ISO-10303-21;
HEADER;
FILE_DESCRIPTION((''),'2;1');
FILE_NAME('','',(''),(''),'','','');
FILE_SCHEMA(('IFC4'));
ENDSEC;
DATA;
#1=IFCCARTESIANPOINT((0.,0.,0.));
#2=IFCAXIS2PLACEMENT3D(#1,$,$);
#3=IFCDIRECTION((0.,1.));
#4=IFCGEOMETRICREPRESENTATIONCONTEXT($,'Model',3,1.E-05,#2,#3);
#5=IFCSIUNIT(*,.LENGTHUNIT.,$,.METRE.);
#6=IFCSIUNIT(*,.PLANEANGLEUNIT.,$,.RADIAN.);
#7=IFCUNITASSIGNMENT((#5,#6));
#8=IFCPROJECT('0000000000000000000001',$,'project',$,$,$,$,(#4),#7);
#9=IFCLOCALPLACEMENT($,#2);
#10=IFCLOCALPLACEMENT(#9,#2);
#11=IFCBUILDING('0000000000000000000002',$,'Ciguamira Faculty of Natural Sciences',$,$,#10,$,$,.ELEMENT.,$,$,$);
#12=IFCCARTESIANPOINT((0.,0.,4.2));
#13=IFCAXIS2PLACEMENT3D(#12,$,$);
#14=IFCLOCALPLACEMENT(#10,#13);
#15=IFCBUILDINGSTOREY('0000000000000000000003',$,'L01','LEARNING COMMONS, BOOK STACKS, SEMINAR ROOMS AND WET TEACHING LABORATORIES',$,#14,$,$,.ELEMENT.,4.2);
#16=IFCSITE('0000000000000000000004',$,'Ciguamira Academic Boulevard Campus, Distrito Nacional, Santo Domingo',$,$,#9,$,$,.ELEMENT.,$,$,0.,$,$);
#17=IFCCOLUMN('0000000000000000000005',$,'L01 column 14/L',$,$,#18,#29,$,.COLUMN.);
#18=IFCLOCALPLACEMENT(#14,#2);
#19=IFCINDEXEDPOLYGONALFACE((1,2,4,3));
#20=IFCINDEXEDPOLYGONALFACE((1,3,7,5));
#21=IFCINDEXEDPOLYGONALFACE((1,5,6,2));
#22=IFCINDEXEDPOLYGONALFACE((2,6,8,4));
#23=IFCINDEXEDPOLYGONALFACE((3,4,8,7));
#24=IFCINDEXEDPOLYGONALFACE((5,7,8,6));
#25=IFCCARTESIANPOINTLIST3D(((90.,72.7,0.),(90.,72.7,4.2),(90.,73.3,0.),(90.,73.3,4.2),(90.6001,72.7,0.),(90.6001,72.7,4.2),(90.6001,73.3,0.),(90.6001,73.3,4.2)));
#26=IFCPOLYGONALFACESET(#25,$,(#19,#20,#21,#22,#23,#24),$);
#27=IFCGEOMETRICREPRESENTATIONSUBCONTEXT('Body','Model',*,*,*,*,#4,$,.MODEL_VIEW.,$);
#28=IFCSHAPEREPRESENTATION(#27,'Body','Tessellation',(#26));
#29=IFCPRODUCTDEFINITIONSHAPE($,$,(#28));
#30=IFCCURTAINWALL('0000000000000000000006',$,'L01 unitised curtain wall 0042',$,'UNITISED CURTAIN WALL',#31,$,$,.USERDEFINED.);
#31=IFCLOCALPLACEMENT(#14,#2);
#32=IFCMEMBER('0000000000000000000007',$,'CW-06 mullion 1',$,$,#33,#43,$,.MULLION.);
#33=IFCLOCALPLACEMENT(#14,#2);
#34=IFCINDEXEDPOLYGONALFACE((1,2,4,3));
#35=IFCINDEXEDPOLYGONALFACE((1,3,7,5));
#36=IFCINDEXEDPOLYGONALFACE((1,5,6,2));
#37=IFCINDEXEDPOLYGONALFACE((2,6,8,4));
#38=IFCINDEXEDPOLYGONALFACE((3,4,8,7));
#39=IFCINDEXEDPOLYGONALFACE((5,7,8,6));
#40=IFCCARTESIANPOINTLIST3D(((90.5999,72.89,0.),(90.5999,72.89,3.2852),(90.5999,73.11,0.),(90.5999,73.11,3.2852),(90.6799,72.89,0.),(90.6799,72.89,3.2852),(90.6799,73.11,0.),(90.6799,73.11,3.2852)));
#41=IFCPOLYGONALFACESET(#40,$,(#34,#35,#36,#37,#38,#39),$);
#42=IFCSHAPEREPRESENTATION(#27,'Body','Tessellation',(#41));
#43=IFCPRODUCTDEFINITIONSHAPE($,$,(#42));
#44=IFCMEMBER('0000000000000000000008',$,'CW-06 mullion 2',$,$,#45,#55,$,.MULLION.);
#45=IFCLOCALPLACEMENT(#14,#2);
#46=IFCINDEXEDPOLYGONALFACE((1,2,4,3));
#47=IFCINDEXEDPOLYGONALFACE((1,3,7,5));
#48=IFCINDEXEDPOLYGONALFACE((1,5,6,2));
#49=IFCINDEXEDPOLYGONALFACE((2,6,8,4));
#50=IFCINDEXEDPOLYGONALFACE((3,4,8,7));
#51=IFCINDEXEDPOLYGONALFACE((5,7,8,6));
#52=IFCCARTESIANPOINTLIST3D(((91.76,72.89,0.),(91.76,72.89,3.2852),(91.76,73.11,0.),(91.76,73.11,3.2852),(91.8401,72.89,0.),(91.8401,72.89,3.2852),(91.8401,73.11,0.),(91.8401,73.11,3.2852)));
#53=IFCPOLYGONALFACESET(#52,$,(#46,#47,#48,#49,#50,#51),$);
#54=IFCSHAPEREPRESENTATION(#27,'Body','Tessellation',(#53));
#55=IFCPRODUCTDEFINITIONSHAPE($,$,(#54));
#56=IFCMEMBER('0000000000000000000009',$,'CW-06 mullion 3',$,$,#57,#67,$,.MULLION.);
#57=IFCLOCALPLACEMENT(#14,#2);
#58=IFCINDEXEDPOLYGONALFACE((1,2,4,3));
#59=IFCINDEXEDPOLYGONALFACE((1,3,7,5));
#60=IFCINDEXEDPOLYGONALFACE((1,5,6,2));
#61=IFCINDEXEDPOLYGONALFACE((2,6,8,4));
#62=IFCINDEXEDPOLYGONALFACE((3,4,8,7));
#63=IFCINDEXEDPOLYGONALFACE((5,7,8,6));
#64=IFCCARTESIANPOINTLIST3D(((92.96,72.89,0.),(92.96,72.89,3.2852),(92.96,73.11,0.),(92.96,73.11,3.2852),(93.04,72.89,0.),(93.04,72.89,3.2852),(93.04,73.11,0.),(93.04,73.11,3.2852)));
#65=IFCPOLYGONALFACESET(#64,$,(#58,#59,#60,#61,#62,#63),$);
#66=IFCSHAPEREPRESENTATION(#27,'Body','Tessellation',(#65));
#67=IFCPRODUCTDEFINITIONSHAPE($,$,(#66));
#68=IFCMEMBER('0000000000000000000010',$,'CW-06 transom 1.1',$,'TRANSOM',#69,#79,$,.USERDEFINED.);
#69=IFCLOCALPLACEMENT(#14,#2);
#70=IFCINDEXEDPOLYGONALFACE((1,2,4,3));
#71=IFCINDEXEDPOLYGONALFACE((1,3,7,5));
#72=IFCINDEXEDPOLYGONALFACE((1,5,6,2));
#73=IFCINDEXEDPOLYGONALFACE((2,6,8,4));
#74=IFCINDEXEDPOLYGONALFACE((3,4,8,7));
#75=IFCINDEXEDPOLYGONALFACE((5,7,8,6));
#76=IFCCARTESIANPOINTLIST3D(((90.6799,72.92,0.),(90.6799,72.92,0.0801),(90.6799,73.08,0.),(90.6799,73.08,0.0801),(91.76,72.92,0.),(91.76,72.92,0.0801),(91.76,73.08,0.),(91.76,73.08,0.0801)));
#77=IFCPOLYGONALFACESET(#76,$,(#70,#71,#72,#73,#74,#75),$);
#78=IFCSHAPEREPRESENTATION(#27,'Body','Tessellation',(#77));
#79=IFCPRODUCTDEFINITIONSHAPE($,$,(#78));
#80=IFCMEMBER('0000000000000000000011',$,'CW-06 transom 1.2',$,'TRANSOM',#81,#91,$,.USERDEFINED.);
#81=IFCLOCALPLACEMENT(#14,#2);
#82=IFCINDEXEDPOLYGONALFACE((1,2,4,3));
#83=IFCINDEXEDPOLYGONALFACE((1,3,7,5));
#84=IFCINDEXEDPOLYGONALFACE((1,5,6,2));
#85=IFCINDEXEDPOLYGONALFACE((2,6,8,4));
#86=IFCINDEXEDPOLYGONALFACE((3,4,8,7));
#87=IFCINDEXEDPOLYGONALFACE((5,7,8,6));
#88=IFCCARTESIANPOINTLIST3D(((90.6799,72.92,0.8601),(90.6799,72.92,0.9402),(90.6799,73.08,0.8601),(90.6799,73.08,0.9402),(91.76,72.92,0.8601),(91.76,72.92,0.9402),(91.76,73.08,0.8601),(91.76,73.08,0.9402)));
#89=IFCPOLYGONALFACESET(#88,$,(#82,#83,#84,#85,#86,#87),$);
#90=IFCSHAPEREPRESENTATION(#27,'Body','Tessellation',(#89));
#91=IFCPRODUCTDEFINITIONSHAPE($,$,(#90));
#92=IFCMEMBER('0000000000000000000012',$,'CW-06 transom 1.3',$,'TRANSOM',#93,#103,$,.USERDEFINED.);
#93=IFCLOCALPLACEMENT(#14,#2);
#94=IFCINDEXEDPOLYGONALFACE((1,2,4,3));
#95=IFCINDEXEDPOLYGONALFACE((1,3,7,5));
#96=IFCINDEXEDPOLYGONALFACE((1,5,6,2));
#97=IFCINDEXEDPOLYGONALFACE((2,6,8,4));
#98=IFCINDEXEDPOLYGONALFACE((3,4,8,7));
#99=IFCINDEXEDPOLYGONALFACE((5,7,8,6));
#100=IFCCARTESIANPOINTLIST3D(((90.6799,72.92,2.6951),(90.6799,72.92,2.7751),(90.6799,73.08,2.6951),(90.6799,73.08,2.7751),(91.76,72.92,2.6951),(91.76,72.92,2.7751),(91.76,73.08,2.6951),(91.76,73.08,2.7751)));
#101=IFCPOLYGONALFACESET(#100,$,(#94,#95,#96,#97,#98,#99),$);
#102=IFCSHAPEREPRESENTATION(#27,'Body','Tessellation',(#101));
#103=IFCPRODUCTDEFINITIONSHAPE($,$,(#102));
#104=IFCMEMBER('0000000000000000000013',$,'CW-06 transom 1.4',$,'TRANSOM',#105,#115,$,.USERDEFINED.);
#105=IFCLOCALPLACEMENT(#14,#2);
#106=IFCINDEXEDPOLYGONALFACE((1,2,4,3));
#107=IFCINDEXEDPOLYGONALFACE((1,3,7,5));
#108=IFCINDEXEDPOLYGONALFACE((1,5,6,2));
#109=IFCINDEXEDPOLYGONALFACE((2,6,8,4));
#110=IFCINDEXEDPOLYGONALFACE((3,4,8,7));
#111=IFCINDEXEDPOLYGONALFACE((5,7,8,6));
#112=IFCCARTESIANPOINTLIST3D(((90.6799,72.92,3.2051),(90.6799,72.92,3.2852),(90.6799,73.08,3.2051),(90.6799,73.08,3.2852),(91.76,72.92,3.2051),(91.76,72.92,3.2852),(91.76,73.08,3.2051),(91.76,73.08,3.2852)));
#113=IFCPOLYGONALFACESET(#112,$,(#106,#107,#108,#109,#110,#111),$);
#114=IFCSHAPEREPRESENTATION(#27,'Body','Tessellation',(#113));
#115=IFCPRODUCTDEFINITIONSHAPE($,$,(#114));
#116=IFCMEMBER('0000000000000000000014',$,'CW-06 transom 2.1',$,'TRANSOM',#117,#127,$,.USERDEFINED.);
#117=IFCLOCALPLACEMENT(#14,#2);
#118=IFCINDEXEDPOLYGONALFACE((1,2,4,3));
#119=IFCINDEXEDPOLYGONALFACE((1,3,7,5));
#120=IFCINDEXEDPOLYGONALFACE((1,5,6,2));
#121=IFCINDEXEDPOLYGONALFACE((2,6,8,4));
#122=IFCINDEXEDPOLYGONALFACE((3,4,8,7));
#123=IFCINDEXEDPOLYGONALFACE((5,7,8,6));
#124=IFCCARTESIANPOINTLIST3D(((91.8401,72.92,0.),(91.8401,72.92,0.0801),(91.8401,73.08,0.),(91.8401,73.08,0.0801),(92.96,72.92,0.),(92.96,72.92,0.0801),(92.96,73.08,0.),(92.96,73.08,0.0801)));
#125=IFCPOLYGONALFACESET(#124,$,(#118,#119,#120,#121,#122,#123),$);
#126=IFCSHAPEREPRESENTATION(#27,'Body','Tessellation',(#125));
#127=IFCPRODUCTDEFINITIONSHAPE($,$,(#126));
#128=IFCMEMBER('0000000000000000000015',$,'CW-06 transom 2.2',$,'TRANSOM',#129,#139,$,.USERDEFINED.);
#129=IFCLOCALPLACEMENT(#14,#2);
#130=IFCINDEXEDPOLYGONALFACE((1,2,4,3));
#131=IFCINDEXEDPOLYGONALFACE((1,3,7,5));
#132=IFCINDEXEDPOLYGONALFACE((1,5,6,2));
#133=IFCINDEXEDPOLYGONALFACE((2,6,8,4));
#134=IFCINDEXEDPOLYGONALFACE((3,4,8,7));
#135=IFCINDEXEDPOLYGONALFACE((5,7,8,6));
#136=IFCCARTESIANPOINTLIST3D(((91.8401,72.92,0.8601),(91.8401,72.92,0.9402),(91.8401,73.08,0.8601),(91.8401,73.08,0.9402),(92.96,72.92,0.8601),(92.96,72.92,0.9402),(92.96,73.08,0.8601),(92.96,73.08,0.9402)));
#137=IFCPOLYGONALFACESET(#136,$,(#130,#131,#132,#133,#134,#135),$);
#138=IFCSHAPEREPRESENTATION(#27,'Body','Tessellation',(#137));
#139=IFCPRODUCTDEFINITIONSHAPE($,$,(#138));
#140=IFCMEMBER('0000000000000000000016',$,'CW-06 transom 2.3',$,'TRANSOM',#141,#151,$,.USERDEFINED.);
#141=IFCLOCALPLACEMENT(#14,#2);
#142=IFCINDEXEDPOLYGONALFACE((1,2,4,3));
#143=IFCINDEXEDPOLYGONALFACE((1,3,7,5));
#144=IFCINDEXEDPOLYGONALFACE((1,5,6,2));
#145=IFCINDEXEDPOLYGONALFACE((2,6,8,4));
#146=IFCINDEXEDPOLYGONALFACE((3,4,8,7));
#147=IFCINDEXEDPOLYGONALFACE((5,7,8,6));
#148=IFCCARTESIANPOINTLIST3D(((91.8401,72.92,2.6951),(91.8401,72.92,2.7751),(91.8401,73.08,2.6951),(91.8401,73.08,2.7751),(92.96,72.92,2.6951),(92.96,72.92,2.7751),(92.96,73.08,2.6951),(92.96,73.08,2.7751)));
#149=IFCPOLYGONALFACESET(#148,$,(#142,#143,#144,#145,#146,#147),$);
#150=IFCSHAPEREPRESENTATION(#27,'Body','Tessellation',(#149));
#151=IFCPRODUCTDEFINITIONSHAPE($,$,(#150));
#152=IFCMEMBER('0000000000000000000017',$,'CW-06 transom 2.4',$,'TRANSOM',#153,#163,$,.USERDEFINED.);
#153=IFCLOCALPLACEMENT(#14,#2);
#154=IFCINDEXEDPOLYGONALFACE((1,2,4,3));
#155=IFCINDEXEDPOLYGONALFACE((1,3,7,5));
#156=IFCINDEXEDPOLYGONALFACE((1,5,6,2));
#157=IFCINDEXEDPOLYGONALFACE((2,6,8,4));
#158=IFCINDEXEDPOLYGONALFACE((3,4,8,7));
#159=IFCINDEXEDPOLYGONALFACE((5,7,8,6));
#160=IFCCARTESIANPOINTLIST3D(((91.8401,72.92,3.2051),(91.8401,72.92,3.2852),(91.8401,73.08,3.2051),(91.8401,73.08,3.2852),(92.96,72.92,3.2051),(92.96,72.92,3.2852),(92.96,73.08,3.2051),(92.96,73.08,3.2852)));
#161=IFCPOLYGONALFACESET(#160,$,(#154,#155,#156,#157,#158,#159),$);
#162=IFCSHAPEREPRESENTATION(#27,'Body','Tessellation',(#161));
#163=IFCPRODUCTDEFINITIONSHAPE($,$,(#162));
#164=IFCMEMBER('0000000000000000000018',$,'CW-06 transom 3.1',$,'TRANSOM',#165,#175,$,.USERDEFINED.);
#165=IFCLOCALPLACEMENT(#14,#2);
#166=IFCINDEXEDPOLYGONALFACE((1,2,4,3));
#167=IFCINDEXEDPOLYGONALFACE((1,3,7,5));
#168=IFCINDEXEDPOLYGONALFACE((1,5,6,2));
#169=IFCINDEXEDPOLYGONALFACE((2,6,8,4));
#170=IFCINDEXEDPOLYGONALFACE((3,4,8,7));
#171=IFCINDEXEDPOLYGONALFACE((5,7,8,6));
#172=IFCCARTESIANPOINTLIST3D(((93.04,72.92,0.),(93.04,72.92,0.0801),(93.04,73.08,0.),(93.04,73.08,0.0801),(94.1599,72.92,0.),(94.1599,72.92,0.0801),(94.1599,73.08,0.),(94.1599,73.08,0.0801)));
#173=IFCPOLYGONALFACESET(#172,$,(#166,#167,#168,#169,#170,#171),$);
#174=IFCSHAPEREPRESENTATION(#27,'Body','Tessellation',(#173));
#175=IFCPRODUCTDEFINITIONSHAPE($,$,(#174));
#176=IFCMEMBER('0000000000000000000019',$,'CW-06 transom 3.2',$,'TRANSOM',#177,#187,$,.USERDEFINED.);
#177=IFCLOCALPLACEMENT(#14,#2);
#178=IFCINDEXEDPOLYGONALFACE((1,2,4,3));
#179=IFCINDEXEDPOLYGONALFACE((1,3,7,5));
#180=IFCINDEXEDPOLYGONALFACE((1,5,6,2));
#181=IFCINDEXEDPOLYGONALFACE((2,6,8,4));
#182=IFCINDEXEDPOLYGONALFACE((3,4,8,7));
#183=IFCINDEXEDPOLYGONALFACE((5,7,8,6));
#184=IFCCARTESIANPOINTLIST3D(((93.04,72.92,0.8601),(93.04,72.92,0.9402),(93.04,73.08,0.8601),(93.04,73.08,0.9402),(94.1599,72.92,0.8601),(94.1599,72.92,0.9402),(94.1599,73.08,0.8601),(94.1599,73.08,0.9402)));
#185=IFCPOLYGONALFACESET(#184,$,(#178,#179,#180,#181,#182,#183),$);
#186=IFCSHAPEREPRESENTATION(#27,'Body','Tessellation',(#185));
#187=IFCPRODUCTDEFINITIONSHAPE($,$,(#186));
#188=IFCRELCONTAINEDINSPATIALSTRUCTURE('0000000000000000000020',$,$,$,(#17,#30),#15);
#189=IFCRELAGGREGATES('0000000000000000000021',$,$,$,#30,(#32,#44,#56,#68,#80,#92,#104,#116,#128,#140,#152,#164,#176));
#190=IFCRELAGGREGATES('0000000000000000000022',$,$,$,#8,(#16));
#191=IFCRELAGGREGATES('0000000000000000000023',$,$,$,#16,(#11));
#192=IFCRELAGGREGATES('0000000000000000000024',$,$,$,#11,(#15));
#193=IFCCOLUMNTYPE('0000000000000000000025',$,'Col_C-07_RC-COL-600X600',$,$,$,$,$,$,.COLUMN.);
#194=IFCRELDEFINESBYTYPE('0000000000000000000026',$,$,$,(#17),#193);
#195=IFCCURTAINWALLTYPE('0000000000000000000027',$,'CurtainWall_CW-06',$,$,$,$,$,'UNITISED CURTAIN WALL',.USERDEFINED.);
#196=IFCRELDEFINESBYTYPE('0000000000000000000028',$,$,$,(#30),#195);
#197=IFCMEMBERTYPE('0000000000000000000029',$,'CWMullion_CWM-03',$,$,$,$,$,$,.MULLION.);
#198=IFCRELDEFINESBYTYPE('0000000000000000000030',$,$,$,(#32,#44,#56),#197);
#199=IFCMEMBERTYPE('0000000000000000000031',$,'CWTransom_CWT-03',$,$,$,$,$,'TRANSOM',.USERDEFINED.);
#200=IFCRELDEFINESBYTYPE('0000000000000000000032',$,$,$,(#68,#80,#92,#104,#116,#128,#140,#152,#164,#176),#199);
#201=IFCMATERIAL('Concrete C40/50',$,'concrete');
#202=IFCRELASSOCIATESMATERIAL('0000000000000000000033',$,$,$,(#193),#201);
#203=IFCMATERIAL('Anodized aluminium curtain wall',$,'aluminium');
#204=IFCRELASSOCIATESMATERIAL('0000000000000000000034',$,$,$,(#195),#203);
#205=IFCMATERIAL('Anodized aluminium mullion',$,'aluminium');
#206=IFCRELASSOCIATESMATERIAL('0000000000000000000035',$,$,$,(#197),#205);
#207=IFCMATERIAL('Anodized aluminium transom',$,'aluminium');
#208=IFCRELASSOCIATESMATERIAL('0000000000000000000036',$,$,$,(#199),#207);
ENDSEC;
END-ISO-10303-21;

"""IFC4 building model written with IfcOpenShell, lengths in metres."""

from ifc_helpers import new_model, si_unit, direction, frame, origin, origin_2d, place, context, subcontext, project, spatial, rectangle, extrude, material, material_profile, profile_set, type_object, element, aggregate, save


model = new_model("IFC4")

# Units and contexts
model_context = context("Model", 3, precision=1e-05, world=origin(), true_north=direction((0.0, 1.0)))
body_context = subcontext(model_context, "Body", "Model", "MODEL_VIEW")
ifc_project = project(units=[si_unit("LENGTHUNIT", "METRE"), si_unit("PLANEANGLEUNIT", "RADIAN")], contexts=[model_context])

# Site, building, storey
site_placement = place(None, origin())
site = spatial("IfcSite", under=ifc_project, at=site_placement, Name="Ciguamira Academic Boulevard Campus, Distrito Nacional, Santo Domingo", CompositionType="ELEMENT", RefElevation=0.0)
building_placement = place(site_placement, origin())
building = spatial("IfcBuilding", under=site, at=building_placement, Name="Ciguamira Faculty of Natural Sciences", CompositionType="ELEMENT")
storey_placement = place(building_placement, frame((0.0, 0.0, 4.2)))
storey = spatial("IfcBuildingStorey", under=building, at=storey_placement, Name="L01", Description="LEARNING COMMONS, BOOK STACKS, SEMINAR ROOMS AND WET TEACHING LABORATORIES", CompositionType="ELEMENT", Elevation=4.2)

# Column
ifc_material_1 = material(Name="Concrete C40/50", Category="concrete")
ifc_material_profile_1 = material_profile(ifc_material_1, rectangle(XDim=0.6001, YDim=0.6001, at=origin_2d()), Name="RC-COL-600X600")
ifc_profile_set_1 = profile_set([ifc_material_profile_1], Name="Concrete C40/50")
column_type = type_object("IfcColumnType", Name="Col_C-07_RC-COL-600X600", PredefinedType="COLUMN", material=ifc_profile_set_1)
column_placement = place(storey_placement, frame((90.3, 73.0, 0.0), z_axis=(0.0, 0.0, 1.0), x_axis=(1.0, 0.0, 0.0)))
element("IfcColumn", 1, at=column_placement, inside=storey, type_object=column_type, Name="L01 column 14/L", PredefinedType="COLUMN", context=body_context, shape_type="SweptSolid", body=[
    extrude(rectangle(XDim=0.6001, YDim=0.6001, at=origin_2d()), origin(), (0.0, 0.0, 1.0), 4.2),
])

# Curtain wall, members
ifc_material_2 = material(Name="Anodized aluminium curtain wall", Category="aluminium")
curtain_wall_type = type_object("IfcCurtainWallType", Name="CurtainWall_CW-06", ElementType="UNITISED CURTAIN WALL", PredefinedType="USERDEFINED", material=ifc_material_2)
curtain_wall_placement = place(storey_placement, origin())
curtain_wall = element("IfcCurtainWall", 2, at=curtain_wall_placement, inside=storey, type_object=curtain_wall_type, Name="L01 unitised curtain wall 0042", ObjectType="UNITISED CURTAIN WALL", PredefinedType="USERDEFINED")
ifc_material_3 = material(Name="Anodized aluminium mullion", Category="aluminium")
ifc_material_profile_2 = material_profile(ifc_material_3, rectangle(XDim=0.0801, YDim=0.22, at=origin_2d()), Name="ALU-MUL-80X220")
ifc_profile_set_2 = profile_set([ifc_material_profile_2], Name="Anodized aluminium mullion")
member_type_1 = type_object("IfcMemberType", Name="CWMullion_CWM-03", PredefinedType="MULLION", material=ifc_profile_set_2)
member_1_placement = place(storey_placement, frame((90.6399, 73.0, 0.0), z_axis=(0.0, 0.0, 1.0), x_axis=(1.0, 0.0, 0.0)))
member_1 = element("IfcMember", 3, at=member_1_placement, type_object=member_type_1, Name="CW-06 mullion 1", PredefinedType="MULLION", context=body_context, shape_type="SweptSolid", body=[
    extrude(rectangle(XDim=0.0801, YDim=0.22, at=origin_2d()), origin(), (0.0, 0.0, 1.0), 3.2852),
])
member_2_placement = place(storey_placement, frame((91.8, 73.0, 0.0), z_axis=(0.0, 0.0, 1.0), x_axis=(1.0, 0.0, 0.0)))
member_2 = element("IfcMember", 4, at=member_2_placement, type_object=member_type_1, Name="CW-06 mullion 2", PredefinedType="MULLION", context=body_context, shape_type="SweptSolid", body=[
    extrude(rectangle(XDim=0.0801, YDim=0.22, at=origin_2d()), origin(), (0.0, 0.0, 1.0), 3.2852),
])
member_3_placement = place(storey_placement, frame((93.0, 73.0, 0.0), z_axis=(0.0, 0.0, 1.0), x_axis=(1.0, 0.0, 0.0)))
member_3 = element("IfcMember", 5, at=member_3_placement, type_object=member_type_1, Name="CW-06 mullion 3", PredefinedType="MULLION", context=body_context, shape_type="SweptSolid", body=[
    extrude(rectangle(XDim=0.0801, YDim=0.22, at=origin_2d()), origin(), (0.0, 0.0, 1.0), 3.2852),
])
ifc_material_4 = material(Name="Anodized aluminium transom", Category="aluminium")
ifc_material_profile_3 = material_profile(ifc_material_4, rectangle(XDim=0.0801, YDim=0.1599, at=origin_2d()), Name="ALU-TRN-80X160")
ifc_profile_set_3 = profile_set([ifc_material_profile_3], Name="Anodized aluminium transom")
member_type_2 = type_object("IfcMemberType", Name="CWTransom_CWT-03", ElementType="TRANSOM", PredefinedType="USERDEFINED", material=ifc_profile_set_3)
member_4_placement = place(storey_placement, frame((90.6799, 73.0, 0.04), z_axis=(1.0, 0.0, 0.0), x_axis=(0.0, 0.0, 1.0)))
member_4 = element("IfcMember", 6, at=member_4_placement, type_object=member_type_2, Name="CW-06 transom 1.1", ObjectType="TRANSOM", PredefinedType="USERDEFINED", context=body_context, shape_type="SweptSolid", body=[
    extrude(rectangle(XDim=0.0801, YDim=0.1599, at=origin_2d()), origin(), (0.0, 0.0, 1.0), 1.0801),
])
member_5_placement = place(storey_placement, frame((90.6799, 73.0, 0.9001), z_axis=(1.0, 0.0, 0.0), x_axis=(0.0, 0.0, 1.0)))
member_5 = element("IfcMember", 7, at=member_5_placement, type_object=member_type_2, Name="CW-06 transom 1.2", ObjectType="TRANSOM", PredefinedType="USERDEFINED", context=body_context, shape_type="SweptSolid", body=[
    extrude(rectangle(XDim=0.0801, YDim=0.1599, at=origin_2d()), origin(), (0.0, 0.0, 1.0), 1.0801),
])
member_6_placement = place(storey_placement, frame((90.6799, 73.0, 2.7351), z_axis=(1.0, 0.0, 0.0), x_axis=(0.0, 0.0, 1.0)))
member_6 = element("IfcMember", 8, at=member_6_placement, type_object=member_type_2, Name="CW-06 transom 1.3", ObjectType="TRANSOM", PredefinedType="USERDEFINED", context=body_context, shape_type="SweptSolid", body=[
    extrude(rectangle(XDim=0.0801, YDim=0.1599, at=origin_2d()), origin(), (0.0, 0.0, 1.0), 1.0801),
])
member_7_placement = place(storey_placement, frame((90.6799, 73.0, 3.2451), z_axis=(1.0, 0.0, 0.0), x_axis=(0.0, 0.0, 1.0)))
member_7 = element("IfcMember", 9, at=member_7_placement, type_object=member_type_2, Name="CW-06 transom 1.4", ObjectType="TRANSOM", PredefinedType="USERDEFINED", context=body_context, shape_type="SweptSolid", body=[
    extrude(rectangle(XDim=0.0801, YDim=0.1599, at=origin_2d()), origin(), (0.0, 0.0, 1.0), 1.0801),
])
member_8_placement = place(storey_placement, frame((91.8401, 73.0, 0.04), z_axis=(1.0, 0.0, 0.0), x_axis=(0.0, 0.0, 1.0)))
member_8 = element("IfcMember", 10, at=member_8_placement, type_object=member_type_2, Name="CW-06 transom 2.1", ObjectType="TRANSOM", PredefinedType="USERDEFINED", context=body_context, shape_type="SweptSolid", body=[
    extrude(rectangle(XDim=0.0801, YDim=0.1599, at=origin_2d()), origin(), (0.0, 0.0, 1.0), 1.1199),
])
member_9_placement = place(storey_placement, frame((91.8401, 73.0, 0.9001), z_axis=(1.0, 0.0, 0.0), x_axis=(0.0, 0.0, 1.0)))
member_9 = element("IfcMember", 11, at=member_9_placement, type_object=member_type_2, Name="CW-06 transom 2.2", ObjectType="TRANSOM", PredefinedType="USERDEFINED", context=body_context, shape_type="SweptSolid", body=[
    extrude(rectangle(XDim=0.0801, YDim=0.1599, at=origin_2d()), origin(), (0.0, 0.0, 1.0), 1.1199),
])
member_10_placement = place(storey_placement, frame((91.8401, 73.0, 2.7351), z_axis=(1.0, 0.0, 0.0), x_axis=(0.0, 0.0, 1.0)))
member_10 = element("IfcMember", 12, at=member_10_placement, type_object=member_type_2, Name="CW-06 transom 2.3", ObjectType="TRANSOM", PredefinedType="USERDEFINED", context=body_context, shape_type="SweptSolid", body=[
    extrude(rectangle(XDim=0.0801, YDim=0.1599, at=origin_2d()), origin(), (0.0, 0.0, 1.0), 1.1199),
])
member_11_placement = place(storey_placement, frame((91.8401, 73.0, 3.2451), z_axis=(1.0, 0.0, 0.0), x_axis=(0.0, 0.0, 1.0)))
member_11 = element("IfcMember", 13, at=member_11_placement, type_object=member_type_2, Name="CW-06 transom 2.4", ObjectType="TRANSOM", PredefinedType="USERDEFINED", context=body_context, shape_type="SweptSolid", body=[
    extrude(rectangle(XDim=0.0801, YDim=0.1599, at=origin_2d()), origin(), (0.0, 0.0, 1.0), 1.1199),
])
member_12_placement = place(storey_placement, frame((93.04, 73.0, 0.04), z_axis=(1.0, 0.0, 0.0), x_axis=(0.0, 0.0, 1.0)))
member_12 = element("IfcMember", 14, at=member_12_placement, type_object=member_type_2, Name="CW-06 transom 3.1", ObjectType="TRANSOM", PredefinedType="USERDEFINED", context=body_context, shape_type="SweptSolid", body=[
    extrude(rectangle(XDim=0.0801, YDim=0.1599, at=origin_2d()), origin(), (0.0, 0.0, 1.0), 1.1199),
])
member_13_placement = place(storey_placement, frame((93.04, 73.0, 0.9001), z_axis=(1.0, 0.0, 0.0), x_axis=(0.0, 0.0, 1.0)))
member_13 = element("IfcMember", 15, at=member_13_placement, type_object=member_type_2, Name="CW-06 transom 3.2", ObjectType="TRANSOM", PredefinedType="USERDEFINED", context=body_context, shape_type="SweptSolid", body=[
    extrude(rectangle(XDim=0.0801, YDim=0.1599, at=origin_2d()), origin(), (0.0, 0.0, 1.0), 1.1199),
])

aggregate(curtain_wall, [member_1, member_2, member_3, member_4, member_5, member_6, member_7, member_8, member_9, member_10, member_11, member_12, member_13])

save(model, "model.ifc")
